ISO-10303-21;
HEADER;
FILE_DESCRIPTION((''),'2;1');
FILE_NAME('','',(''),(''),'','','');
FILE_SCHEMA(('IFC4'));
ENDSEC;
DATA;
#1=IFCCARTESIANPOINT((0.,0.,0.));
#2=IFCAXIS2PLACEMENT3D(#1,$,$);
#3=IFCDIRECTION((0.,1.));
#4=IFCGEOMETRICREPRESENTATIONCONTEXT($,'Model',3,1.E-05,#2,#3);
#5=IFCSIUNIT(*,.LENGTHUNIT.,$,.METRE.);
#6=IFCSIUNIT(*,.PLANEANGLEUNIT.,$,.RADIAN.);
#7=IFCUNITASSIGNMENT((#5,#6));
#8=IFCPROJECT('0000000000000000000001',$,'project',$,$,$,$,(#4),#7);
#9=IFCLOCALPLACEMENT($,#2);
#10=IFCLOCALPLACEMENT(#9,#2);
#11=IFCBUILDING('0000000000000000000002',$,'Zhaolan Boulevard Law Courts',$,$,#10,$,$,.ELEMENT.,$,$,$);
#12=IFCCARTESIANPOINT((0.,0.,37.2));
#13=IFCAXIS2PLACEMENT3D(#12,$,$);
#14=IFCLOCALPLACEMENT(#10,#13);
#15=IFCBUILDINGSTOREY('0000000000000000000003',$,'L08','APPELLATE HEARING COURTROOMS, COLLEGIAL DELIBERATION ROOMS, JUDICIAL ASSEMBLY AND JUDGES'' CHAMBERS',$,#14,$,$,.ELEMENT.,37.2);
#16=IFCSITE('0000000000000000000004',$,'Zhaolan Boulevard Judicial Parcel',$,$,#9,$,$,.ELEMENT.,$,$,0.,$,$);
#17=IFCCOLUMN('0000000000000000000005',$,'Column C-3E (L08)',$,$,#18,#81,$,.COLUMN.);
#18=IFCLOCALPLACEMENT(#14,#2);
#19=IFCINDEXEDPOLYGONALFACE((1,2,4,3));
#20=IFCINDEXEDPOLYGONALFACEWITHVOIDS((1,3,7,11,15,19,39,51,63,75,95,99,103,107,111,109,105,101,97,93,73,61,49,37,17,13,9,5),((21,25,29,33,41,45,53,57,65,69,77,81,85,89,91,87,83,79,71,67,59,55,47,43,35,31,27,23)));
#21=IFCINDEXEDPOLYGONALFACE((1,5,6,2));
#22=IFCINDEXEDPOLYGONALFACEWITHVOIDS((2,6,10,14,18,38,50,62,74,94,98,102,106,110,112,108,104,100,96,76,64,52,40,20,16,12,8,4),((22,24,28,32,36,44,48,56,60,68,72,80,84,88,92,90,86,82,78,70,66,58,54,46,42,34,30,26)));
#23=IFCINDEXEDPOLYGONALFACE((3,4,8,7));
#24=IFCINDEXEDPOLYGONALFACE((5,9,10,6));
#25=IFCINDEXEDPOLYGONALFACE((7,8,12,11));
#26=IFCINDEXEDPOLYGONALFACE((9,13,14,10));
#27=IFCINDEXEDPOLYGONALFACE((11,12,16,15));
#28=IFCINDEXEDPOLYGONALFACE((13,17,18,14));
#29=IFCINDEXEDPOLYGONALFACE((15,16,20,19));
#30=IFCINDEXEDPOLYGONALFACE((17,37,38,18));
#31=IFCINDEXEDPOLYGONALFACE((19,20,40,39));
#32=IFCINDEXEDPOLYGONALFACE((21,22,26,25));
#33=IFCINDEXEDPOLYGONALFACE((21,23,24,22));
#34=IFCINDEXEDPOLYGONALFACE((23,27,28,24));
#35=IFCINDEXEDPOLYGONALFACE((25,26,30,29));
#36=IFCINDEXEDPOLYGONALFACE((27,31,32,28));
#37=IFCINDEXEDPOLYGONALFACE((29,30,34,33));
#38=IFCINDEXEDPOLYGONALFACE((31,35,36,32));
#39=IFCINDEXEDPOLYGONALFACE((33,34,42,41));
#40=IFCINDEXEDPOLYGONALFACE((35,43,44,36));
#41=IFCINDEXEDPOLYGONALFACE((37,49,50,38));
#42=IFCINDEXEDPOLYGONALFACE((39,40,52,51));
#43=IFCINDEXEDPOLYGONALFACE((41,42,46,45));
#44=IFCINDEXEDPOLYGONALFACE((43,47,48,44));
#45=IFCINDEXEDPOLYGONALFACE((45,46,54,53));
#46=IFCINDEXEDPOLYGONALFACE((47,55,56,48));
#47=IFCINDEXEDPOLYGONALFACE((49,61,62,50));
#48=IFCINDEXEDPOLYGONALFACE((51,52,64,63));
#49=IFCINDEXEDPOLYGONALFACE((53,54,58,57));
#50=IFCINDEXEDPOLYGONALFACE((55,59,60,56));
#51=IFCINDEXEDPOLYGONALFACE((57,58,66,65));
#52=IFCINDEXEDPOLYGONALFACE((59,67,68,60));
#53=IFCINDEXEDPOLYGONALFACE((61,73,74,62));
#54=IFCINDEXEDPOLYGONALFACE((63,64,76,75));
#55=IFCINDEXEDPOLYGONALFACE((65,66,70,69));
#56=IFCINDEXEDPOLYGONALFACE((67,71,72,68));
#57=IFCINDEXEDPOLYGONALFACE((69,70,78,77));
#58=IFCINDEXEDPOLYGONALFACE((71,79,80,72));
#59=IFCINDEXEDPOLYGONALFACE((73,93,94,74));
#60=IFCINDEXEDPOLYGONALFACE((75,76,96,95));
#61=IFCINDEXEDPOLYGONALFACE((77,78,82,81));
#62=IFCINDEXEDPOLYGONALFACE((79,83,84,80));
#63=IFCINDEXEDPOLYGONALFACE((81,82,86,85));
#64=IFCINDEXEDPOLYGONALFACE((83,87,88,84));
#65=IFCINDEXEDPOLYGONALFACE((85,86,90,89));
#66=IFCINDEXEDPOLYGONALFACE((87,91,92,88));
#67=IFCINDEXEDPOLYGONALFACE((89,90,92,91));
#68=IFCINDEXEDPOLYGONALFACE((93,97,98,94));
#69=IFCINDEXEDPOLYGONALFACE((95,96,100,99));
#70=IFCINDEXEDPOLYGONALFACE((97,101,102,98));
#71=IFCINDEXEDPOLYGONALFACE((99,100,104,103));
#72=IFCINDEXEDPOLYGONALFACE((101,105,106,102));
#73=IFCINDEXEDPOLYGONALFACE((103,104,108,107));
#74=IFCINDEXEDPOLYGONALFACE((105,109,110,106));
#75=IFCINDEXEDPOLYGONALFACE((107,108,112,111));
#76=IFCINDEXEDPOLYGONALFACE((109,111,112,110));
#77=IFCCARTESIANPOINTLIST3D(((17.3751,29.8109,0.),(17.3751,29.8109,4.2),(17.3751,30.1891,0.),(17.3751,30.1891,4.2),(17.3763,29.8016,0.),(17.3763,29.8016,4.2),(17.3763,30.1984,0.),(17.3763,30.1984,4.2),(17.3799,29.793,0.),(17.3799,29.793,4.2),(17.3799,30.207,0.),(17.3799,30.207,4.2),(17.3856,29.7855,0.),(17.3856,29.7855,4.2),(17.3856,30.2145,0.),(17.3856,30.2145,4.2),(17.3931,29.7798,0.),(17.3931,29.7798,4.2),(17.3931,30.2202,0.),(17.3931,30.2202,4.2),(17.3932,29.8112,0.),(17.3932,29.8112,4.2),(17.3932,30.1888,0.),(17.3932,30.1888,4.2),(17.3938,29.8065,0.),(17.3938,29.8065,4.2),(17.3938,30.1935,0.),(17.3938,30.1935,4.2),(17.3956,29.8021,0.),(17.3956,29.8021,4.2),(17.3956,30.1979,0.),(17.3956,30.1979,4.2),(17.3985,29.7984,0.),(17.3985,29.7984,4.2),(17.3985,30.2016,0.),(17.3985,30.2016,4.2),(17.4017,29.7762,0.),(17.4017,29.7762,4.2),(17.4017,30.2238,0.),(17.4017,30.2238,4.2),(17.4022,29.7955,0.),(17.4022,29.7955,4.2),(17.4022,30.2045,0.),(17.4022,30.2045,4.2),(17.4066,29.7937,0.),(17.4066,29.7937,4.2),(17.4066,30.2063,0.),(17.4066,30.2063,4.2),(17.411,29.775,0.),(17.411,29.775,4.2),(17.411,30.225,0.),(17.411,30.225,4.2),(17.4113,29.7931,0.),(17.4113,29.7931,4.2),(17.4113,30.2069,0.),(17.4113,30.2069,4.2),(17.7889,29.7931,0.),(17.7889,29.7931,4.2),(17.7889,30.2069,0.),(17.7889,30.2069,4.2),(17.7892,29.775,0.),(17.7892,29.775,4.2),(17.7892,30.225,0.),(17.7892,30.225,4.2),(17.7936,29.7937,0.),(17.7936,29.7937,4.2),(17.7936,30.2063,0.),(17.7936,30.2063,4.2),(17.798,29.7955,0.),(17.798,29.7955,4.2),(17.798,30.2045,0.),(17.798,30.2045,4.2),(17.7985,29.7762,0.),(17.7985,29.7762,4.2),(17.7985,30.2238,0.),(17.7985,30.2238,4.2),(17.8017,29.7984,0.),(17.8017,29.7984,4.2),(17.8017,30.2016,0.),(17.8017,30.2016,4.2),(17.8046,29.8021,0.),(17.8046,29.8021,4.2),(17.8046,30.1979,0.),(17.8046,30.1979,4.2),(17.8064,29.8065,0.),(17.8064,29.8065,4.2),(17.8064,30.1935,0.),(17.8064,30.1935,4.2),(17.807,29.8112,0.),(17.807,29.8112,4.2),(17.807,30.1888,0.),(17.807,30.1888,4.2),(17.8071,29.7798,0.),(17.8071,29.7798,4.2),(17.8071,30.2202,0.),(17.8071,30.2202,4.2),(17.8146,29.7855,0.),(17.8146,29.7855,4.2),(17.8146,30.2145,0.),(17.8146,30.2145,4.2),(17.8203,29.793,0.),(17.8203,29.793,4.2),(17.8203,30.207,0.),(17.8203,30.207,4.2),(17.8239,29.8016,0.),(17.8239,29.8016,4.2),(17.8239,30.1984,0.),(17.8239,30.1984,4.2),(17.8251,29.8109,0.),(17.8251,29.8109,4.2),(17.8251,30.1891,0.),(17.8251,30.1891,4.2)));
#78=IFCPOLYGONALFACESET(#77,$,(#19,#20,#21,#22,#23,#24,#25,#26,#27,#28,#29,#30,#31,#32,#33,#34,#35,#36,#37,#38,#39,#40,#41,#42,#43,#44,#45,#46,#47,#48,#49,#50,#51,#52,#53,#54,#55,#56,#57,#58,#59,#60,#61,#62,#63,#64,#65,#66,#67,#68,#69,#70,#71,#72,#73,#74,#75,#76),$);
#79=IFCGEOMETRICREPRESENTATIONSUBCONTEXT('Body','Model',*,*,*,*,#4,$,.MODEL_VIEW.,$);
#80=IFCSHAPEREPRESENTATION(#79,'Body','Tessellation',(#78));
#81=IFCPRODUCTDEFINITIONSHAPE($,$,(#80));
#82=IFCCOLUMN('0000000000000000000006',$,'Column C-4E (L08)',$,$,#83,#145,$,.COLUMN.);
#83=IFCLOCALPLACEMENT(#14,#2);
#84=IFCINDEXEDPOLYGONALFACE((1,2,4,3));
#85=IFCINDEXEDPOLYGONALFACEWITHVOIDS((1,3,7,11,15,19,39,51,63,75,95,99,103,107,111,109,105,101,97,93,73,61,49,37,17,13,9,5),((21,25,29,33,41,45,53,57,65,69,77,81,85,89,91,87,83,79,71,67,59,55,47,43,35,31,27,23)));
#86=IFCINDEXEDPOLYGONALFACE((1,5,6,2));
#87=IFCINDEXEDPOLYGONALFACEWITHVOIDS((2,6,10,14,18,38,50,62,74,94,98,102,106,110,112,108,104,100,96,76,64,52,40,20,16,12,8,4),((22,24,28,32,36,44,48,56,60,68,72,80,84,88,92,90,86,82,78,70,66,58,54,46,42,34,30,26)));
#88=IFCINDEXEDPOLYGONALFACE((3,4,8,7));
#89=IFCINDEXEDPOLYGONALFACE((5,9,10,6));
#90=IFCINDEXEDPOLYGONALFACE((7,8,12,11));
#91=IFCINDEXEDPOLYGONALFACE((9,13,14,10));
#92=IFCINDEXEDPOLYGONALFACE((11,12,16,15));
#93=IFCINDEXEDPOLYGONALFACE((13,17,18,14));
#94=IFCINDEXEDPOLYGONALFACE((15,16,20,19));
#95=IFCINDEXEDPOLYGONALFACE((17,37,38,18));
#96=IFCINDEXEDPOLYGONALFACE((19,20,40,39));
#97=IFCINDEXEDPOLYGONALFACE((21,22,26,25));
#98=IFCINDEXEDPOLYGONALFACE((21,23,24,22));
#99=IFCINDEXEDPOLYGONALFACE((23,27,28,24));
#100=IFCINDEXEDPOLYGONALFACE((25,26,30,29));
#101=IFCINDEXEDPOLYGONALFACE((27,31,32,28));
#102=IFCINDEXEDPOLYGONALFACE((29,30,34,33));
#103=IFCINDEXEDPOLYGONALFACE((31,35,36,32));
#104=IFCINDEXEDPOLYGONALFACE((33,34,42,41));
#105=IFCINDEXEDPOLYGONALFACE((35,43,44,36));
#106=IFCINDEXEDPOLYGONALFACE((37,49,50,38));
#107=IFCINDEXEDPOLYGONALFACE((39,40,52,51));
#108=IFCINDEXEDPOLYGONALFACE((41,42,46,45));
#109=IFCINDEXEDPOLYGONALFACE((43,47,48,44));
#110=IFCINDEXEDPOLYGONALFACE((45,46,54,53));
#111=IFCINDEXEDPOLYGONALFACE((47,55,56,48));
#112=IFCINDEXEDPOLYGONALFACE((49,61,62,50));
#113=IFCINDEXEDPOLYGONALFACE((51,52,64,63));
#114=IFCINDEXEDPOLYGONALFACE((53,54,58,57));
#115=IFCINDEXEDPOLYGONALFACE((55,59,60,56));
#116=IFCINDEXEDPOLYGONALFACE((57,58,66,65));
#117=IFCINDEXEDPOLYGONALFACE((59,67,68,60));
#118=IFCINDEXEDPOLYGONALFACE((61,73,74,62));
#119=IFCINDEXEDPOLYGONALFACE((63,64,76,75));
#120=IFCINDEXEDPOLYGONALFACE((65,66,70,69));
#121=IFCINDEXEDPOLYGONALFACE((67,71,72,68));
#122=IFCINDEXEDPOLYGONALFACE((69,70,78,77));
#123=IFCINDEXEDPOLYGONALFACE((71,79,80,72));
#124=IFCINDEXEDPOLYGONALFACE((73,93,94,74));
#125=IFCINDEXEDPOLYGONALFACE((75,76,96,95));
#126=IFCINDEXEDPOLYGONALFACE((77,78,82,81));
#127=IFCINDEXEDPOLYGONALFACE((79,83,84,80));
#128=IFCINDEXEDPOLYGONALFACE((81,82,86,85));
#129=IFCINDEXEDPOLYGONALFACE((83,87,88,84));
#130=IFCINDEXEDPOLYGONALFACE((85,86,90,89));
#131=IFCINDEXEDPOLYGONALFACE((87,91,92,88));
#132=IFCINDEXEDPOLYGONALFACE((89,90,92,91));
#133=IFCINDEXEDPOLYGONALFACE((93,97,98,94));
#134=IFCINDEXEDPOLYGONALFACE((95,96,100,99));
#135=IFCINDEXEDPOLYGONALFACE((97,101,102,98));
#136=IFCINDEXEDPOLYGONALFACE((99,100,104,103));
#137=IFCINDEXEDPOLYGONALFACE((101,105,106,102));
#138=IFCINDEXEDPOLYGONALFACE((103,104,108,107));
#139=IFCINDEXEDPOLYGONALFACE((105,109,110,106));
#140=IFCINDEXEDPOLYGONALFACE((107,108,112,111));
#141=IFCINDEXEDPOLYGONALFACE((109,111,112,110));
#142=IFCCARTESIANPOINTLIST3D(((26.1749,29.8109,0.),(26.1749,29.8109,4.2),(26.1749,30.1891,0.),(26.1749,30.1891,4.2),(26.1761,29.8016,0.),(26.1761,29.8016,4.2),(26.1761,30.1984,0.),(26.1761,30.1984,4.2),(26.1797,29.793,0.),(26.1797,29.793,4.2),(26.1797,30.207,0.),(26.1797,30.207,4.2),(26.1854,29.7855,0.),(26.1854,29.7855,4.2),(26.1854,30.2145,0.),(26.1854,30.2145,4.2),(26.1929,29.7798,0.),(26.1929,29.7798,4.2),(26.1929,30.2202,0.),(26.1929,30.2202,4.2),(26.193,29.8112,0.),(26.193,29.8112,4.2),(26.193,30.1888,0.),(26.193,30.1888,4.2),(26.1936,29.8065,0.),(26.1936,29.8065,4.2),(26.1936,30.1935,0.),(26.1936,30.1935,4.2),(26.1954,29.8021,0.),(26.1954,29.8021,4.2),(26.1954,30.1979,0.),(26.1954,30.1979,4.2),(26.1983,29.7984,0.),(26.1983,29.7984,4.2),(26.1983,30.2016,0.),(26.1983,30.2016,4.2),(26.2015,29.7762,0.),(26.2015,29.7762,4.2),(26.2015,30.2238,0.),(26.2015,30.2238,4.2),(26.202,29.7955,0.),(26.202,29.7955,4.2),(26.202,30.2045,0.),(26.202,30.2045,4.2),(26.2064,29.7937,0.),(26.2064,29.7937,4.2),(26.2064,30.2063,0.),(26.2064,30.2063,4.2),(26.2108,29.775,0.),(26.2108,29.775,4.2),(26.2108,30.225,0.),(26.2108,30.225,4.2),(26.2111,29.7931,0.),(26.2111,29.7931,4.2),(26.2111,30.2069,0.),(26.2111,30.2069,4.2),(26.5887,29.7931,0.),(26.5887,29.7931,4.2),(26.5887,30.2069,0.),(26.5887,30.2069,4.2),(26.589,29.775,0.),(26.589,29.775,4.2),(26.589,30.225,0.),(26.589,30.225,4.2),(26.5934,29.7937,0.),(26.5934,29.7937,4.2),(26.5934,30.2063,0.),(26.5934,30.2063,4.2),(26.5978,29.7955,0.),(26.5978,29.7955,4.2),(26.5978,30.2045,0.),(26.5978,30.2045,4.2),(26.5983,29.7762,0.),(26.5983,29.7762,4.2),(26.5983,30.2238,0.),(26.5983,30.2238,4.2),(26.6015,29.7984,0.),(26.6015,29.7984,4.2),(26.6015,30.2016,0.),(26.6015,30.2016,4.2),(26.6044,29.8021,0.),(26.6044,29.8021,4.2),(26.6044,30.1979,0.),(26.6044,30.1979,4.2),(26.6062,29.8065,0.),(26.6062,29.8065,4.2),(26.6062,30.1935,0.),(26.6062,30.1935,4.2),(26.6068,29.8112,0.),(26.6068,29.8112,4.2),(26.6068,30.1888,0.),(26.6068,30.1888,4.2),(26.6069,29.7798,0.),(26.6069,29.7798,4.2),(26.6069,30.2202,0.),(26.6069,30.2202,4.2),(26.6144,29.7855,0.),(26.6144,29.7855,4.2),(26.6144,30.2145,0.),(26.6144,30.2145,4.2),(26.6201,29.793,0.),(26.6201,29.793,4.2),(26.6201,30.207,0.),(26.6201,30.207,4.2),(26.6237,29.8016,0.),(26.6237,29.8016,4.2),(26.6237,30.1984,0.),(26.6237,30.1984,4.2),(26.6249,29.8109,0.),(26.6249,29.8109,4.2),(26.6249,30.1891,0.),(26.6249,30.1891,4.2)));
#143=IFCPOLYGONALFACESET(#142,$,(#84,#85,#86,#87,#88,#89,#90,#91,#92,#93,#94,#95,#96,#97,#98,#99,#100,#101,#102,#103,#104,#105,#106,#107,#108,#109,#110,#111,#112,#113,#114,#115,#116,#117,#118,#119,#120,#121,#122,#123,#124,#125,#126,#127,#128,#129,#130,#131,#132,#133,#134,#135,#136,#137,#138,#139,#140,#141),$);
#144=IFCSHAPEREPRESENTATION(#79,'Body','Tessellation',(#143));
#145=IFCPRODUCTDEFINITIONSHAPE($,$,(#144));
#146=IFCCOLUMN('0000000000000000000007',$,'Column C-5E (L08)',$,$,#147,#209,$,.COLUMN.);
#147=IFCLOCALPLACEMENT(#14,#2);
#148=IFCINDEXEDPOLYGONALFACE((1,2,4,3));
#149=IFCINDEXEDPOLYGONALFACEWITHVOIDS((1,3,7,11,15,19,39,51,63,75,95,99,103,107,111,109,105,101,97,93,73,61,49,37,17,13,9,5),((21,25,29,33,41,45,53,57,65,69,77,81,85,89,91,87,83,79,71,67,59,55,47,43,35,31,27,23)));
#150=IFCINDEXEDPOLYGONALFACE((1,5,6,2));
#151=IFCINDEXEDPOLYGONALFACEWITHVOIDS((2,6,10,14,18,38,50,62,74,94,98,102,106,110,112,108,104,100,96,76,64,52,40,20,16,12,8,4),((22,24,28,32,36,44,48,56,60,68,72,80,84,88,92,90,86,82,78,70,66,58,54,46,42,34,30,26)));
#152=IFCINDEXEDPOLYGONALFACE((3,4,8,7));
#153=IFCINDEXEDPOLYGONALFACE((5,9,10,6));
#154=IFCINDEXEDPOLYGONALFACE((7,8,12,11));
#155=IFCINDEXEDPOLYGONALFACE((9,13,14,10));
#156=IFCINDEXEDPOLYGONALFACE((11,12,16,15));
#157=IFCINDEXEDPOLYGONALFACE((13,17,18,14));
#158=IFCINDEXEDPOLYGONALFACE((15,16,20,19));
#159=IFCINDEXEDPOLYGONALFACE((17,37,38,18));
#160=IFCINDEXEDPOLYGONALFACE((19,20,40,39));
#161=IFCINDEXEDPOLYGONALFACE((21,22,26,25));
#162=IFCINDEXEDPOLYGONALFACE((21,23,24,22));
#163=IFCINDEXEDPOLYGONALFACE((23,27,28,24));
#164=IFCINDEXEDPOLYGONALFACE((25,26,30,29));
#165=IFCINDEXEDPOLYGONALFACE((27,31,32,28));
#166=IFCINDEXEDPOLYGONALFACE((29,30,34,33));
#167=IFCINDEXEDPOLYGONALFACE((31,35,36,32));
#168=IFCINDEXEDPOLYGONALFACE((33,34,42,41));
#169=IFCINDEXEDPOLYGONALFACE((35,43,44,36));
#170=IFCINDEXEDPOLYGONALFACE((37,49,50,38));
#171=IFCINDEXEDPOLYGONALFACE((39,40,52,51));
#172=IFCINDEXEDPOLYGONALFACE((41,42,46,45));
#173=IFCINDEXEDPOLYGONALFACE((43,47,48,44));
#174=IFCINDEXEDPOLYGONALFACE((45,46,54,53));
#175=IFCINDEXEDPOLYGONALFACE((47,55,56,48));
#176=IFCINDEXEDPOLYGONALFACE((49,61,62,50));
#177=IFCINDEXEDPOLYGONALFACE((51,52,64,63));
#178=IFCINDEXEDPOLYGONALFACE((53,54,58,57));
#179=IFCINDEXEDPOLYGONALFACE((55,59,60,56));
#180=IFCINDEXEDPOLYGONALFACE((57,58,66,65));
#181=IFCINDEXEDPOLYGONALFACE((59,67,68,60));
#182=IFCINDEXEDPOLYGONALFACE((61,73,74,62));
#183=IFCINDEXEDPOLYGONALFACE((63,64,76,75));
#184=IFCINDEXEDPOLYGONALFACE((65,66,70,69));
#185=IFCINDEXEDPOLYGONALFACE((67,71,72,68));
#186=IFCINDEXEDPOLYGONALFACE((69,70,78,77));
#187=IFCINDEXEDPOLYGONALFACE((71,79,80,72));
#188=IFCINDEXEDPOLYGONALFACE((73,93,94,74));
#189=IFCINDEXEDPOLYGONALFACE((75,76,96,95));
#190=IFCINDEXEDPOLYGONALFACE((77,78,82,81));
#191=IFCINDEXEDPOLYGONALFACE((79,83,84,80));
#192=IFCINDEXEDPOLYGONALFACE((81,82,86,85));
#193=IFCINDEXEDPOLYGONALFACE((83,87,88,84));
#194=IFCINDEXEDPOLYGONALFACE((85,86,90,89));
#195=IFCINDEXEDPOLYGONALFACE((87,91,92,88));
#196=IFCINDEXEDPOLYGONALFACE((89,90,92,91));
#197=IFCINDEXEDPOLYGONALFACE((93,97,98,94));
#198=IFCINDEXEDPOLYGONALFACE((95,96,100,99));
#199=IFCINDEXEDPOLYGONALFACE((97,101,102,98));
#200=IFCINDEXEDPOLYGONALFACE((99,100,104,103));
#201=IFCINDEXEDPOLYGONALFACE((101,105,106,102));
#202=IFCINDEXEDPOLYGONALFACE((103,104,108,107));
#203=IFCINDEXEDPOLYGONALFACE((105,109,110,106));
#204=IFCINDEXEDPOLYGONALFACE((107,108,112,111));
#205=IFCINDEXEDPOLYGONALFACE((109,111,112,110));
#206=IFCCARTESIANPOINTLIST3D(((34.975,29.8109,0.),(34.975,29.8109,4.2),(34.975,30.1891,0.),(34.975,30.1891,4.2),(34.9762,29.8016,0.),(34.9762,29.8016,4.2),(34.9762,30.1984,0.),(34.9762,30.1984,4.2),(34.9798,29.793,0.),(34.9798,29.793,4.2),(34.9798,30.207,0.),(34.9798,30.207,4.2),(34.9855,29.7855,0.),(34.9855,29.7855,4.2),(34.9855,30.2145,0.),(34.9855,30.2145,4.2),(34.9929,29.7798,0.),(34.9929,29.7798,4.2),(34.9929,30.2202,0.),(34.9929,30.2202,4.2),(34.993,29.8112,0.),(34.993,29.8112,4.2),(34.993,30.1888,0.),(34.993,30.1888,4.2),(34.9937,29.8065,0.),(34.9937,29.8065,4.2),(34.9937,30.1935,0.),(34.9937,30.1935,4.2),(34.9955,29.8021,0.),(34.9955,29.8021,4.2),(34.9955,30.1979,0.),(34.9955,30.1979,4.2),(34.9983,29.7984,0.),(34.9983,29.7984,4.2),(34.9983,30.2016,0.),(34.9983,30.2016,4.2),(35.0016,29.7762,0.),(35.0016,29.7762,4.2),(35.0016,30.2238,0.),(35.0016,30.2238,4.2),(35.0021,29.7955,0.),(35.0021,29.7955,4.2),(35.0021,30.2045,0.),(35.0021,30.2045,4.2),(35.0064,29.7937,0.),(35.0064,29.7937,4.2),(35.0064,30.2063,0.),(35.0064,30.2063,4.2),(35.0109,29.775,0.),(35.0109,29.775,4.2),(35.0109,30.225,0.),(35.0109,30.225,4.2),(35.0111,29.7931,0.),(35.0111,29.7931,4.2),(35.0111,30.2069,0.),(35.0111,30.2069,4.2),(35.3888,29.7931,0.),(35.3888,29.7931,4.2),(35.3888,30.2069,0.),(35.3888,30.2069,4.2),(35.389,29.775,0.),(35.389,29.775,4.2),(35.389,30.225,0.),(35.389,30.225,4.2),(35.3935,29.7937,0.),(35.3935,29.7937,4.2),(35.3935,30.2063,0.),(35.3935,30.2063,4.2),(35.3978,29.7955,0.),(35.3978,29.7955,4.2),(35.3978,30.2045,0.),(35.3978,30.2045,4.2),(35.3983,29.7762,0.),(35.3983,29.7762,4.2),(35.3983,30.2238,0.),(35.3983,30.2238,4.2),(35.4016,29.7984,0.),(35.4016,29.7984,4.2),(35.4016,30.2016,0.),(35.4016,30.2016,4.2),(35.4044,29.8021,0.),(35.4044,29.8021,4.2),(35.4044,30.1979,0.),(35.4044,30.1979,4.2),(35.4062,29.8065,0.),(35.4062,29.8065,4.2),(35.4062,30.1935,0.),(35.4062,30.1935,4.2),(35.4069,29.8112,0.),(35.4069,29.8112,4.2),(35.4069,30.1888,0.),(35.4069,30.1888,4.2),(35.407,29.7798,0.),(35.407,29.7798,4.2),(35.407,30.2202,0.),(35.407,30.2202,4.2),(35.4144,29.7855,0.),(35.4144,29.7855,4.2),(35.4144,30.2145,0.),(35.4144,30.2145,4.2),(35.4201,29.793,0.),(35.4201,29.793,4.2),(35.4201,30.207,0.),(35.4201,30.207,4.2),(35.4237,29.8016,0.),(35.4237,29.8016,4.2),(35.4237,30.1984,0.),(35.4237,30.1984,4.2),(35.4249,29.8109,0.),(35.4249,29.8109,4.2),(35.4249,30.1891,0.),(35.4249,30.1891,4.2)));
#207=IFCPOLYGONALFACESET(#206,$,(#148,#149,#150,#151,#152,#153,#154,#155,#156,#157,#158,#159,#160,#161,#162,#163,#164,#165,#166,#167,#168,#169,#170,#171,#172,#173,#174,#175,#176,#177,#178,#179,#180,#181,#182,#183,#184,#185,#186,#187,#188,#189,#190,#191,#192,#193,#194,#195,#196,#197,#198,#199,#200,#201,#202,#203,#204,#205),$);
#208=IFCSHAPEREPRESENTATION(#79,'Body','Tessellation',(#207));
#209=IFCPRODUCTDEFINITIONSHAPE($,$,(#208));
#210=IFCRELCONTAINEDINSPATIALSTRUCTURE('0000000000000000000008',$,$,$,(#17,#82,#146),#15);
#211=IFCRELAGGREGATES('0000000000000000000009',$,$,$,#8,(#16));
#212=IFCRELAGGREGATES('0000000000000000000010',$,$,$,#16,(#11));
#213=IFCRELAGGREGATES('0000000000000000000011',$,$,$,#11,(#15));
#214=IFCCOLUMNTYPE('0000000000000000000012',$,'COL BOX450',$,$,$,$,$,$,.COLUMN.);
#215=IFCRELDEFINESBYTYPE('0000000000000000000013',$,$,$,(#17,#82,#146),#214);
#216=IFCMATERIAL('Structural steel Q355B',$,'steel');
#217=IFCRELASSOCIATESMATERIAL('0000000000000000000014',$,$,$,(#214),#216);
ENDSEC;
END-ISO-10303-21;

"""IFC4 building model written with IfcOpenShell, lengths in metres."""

from ifc_helpers import new_model, si_unit, direction, frame, origin, origin_2d, place, context, subcontext, project, spatial, hollow_rectangle, extrude, material, material_profile, profile_set, type_object, element, save


model = new_model("IFC4")

# Units and contexts
model_context = context("Model", 3, precision=1e-05, world=origin(), true_north=direction((0.0, 1.0)))
body_context = subcontext(model_context, "Body", "Model", "MODEL_VIEW")
ifc_project = project(units=[si_unit("LENGTHUNIT", "METRE"), si_unit("PLANEANGLEUNIT", "RADIAN")], contexts=[model_context])

# Site, building, storey
site_placement = place(None, origin())
site = spatial("IfcSite", under=ifc_project, at=site_placement, Name="Zhaolan Boulevard Judicial Parcel", CompositionType="ELEMENT", RefElevation=0.0)
building_placement = place(site_placement, origin())
building = spatial("IfcBuilding", under=site, at=building_placement, Name="Zhaolan Boulevard Law Courts", CompositionType="ELEMENT")
storey_placement = place(building_placement, frame((0.0, 0.0, 37.2)))
storey = spatial("IfcBuildingStorey", under=building, at=storey_placement, Name="L08", Description="APPELLATE HEARING COURTROOMS, COLLEGIAL DELIBERATION ROOMS, JUDICIAL ASSEMBLY AND JUDGES' CHAMBERS", CompositionType="ELEMENT", Elevation=37.2)

# Columns
ifc_material_1 = material(Name="Structural steel Q355B", Category="steel")
ifc_material_profile_1 = material_profile(ifc_material_1, hollow_rectangle(XDim=0.45, YDim=0.45, WallThickness=0.0181, InnerFilletRadius=0.0181, OuterFilletRadius=0.0359, at=origin_2d()), Name="BOX450x450x18")
ifc_profile_set_1 = profile_set([ifc_material_profile_1], Name="Structural steel Q355B")
column_type = type_object("IfcColumnType", Name="COL BOX450", PredefinedType="COLUMN", material=ifc_profile_set_1)
for number, where, z_axis, x_axis, name in (
    (1, (17.6001, 30.0, 0.0), (0.0, 0.0, 1.0), (1.0, 0.0, 0.0), "Column C-3E (L08)"),
    (2, (26.3999, 30.0, 0.0), (0.0, 0.0, 1.0), (1.0, 0.0, 0.0), "Column C-4E (L08)"),
    (3, (35.2, 30.0, 0.0), (0.0, 0.0, 1.0), (1.0, 0.0, 0.0), "Column C-5E (L08)"),
):
    element("IfcColumn", number, at=place(storey_placement, frame(where, z_axis=z_axis, x_axis=x_axis)), inside=storey, type_object=column_type, Name=name, PredefinedType="COLUMN", context=body_context, shape_type="SweptSolid", body=[
        extrude(hollow_rectangle(XDim=0.45, YDim=0.45, WallThickness=0.0181, InnerFilletRadius=0.0181, OuterFilletRadius=0.0359, at=origin_2d()), origin(), (0.0, 0.0, 1.0), 4.2),
    ])

save(model, "model.ifc")
